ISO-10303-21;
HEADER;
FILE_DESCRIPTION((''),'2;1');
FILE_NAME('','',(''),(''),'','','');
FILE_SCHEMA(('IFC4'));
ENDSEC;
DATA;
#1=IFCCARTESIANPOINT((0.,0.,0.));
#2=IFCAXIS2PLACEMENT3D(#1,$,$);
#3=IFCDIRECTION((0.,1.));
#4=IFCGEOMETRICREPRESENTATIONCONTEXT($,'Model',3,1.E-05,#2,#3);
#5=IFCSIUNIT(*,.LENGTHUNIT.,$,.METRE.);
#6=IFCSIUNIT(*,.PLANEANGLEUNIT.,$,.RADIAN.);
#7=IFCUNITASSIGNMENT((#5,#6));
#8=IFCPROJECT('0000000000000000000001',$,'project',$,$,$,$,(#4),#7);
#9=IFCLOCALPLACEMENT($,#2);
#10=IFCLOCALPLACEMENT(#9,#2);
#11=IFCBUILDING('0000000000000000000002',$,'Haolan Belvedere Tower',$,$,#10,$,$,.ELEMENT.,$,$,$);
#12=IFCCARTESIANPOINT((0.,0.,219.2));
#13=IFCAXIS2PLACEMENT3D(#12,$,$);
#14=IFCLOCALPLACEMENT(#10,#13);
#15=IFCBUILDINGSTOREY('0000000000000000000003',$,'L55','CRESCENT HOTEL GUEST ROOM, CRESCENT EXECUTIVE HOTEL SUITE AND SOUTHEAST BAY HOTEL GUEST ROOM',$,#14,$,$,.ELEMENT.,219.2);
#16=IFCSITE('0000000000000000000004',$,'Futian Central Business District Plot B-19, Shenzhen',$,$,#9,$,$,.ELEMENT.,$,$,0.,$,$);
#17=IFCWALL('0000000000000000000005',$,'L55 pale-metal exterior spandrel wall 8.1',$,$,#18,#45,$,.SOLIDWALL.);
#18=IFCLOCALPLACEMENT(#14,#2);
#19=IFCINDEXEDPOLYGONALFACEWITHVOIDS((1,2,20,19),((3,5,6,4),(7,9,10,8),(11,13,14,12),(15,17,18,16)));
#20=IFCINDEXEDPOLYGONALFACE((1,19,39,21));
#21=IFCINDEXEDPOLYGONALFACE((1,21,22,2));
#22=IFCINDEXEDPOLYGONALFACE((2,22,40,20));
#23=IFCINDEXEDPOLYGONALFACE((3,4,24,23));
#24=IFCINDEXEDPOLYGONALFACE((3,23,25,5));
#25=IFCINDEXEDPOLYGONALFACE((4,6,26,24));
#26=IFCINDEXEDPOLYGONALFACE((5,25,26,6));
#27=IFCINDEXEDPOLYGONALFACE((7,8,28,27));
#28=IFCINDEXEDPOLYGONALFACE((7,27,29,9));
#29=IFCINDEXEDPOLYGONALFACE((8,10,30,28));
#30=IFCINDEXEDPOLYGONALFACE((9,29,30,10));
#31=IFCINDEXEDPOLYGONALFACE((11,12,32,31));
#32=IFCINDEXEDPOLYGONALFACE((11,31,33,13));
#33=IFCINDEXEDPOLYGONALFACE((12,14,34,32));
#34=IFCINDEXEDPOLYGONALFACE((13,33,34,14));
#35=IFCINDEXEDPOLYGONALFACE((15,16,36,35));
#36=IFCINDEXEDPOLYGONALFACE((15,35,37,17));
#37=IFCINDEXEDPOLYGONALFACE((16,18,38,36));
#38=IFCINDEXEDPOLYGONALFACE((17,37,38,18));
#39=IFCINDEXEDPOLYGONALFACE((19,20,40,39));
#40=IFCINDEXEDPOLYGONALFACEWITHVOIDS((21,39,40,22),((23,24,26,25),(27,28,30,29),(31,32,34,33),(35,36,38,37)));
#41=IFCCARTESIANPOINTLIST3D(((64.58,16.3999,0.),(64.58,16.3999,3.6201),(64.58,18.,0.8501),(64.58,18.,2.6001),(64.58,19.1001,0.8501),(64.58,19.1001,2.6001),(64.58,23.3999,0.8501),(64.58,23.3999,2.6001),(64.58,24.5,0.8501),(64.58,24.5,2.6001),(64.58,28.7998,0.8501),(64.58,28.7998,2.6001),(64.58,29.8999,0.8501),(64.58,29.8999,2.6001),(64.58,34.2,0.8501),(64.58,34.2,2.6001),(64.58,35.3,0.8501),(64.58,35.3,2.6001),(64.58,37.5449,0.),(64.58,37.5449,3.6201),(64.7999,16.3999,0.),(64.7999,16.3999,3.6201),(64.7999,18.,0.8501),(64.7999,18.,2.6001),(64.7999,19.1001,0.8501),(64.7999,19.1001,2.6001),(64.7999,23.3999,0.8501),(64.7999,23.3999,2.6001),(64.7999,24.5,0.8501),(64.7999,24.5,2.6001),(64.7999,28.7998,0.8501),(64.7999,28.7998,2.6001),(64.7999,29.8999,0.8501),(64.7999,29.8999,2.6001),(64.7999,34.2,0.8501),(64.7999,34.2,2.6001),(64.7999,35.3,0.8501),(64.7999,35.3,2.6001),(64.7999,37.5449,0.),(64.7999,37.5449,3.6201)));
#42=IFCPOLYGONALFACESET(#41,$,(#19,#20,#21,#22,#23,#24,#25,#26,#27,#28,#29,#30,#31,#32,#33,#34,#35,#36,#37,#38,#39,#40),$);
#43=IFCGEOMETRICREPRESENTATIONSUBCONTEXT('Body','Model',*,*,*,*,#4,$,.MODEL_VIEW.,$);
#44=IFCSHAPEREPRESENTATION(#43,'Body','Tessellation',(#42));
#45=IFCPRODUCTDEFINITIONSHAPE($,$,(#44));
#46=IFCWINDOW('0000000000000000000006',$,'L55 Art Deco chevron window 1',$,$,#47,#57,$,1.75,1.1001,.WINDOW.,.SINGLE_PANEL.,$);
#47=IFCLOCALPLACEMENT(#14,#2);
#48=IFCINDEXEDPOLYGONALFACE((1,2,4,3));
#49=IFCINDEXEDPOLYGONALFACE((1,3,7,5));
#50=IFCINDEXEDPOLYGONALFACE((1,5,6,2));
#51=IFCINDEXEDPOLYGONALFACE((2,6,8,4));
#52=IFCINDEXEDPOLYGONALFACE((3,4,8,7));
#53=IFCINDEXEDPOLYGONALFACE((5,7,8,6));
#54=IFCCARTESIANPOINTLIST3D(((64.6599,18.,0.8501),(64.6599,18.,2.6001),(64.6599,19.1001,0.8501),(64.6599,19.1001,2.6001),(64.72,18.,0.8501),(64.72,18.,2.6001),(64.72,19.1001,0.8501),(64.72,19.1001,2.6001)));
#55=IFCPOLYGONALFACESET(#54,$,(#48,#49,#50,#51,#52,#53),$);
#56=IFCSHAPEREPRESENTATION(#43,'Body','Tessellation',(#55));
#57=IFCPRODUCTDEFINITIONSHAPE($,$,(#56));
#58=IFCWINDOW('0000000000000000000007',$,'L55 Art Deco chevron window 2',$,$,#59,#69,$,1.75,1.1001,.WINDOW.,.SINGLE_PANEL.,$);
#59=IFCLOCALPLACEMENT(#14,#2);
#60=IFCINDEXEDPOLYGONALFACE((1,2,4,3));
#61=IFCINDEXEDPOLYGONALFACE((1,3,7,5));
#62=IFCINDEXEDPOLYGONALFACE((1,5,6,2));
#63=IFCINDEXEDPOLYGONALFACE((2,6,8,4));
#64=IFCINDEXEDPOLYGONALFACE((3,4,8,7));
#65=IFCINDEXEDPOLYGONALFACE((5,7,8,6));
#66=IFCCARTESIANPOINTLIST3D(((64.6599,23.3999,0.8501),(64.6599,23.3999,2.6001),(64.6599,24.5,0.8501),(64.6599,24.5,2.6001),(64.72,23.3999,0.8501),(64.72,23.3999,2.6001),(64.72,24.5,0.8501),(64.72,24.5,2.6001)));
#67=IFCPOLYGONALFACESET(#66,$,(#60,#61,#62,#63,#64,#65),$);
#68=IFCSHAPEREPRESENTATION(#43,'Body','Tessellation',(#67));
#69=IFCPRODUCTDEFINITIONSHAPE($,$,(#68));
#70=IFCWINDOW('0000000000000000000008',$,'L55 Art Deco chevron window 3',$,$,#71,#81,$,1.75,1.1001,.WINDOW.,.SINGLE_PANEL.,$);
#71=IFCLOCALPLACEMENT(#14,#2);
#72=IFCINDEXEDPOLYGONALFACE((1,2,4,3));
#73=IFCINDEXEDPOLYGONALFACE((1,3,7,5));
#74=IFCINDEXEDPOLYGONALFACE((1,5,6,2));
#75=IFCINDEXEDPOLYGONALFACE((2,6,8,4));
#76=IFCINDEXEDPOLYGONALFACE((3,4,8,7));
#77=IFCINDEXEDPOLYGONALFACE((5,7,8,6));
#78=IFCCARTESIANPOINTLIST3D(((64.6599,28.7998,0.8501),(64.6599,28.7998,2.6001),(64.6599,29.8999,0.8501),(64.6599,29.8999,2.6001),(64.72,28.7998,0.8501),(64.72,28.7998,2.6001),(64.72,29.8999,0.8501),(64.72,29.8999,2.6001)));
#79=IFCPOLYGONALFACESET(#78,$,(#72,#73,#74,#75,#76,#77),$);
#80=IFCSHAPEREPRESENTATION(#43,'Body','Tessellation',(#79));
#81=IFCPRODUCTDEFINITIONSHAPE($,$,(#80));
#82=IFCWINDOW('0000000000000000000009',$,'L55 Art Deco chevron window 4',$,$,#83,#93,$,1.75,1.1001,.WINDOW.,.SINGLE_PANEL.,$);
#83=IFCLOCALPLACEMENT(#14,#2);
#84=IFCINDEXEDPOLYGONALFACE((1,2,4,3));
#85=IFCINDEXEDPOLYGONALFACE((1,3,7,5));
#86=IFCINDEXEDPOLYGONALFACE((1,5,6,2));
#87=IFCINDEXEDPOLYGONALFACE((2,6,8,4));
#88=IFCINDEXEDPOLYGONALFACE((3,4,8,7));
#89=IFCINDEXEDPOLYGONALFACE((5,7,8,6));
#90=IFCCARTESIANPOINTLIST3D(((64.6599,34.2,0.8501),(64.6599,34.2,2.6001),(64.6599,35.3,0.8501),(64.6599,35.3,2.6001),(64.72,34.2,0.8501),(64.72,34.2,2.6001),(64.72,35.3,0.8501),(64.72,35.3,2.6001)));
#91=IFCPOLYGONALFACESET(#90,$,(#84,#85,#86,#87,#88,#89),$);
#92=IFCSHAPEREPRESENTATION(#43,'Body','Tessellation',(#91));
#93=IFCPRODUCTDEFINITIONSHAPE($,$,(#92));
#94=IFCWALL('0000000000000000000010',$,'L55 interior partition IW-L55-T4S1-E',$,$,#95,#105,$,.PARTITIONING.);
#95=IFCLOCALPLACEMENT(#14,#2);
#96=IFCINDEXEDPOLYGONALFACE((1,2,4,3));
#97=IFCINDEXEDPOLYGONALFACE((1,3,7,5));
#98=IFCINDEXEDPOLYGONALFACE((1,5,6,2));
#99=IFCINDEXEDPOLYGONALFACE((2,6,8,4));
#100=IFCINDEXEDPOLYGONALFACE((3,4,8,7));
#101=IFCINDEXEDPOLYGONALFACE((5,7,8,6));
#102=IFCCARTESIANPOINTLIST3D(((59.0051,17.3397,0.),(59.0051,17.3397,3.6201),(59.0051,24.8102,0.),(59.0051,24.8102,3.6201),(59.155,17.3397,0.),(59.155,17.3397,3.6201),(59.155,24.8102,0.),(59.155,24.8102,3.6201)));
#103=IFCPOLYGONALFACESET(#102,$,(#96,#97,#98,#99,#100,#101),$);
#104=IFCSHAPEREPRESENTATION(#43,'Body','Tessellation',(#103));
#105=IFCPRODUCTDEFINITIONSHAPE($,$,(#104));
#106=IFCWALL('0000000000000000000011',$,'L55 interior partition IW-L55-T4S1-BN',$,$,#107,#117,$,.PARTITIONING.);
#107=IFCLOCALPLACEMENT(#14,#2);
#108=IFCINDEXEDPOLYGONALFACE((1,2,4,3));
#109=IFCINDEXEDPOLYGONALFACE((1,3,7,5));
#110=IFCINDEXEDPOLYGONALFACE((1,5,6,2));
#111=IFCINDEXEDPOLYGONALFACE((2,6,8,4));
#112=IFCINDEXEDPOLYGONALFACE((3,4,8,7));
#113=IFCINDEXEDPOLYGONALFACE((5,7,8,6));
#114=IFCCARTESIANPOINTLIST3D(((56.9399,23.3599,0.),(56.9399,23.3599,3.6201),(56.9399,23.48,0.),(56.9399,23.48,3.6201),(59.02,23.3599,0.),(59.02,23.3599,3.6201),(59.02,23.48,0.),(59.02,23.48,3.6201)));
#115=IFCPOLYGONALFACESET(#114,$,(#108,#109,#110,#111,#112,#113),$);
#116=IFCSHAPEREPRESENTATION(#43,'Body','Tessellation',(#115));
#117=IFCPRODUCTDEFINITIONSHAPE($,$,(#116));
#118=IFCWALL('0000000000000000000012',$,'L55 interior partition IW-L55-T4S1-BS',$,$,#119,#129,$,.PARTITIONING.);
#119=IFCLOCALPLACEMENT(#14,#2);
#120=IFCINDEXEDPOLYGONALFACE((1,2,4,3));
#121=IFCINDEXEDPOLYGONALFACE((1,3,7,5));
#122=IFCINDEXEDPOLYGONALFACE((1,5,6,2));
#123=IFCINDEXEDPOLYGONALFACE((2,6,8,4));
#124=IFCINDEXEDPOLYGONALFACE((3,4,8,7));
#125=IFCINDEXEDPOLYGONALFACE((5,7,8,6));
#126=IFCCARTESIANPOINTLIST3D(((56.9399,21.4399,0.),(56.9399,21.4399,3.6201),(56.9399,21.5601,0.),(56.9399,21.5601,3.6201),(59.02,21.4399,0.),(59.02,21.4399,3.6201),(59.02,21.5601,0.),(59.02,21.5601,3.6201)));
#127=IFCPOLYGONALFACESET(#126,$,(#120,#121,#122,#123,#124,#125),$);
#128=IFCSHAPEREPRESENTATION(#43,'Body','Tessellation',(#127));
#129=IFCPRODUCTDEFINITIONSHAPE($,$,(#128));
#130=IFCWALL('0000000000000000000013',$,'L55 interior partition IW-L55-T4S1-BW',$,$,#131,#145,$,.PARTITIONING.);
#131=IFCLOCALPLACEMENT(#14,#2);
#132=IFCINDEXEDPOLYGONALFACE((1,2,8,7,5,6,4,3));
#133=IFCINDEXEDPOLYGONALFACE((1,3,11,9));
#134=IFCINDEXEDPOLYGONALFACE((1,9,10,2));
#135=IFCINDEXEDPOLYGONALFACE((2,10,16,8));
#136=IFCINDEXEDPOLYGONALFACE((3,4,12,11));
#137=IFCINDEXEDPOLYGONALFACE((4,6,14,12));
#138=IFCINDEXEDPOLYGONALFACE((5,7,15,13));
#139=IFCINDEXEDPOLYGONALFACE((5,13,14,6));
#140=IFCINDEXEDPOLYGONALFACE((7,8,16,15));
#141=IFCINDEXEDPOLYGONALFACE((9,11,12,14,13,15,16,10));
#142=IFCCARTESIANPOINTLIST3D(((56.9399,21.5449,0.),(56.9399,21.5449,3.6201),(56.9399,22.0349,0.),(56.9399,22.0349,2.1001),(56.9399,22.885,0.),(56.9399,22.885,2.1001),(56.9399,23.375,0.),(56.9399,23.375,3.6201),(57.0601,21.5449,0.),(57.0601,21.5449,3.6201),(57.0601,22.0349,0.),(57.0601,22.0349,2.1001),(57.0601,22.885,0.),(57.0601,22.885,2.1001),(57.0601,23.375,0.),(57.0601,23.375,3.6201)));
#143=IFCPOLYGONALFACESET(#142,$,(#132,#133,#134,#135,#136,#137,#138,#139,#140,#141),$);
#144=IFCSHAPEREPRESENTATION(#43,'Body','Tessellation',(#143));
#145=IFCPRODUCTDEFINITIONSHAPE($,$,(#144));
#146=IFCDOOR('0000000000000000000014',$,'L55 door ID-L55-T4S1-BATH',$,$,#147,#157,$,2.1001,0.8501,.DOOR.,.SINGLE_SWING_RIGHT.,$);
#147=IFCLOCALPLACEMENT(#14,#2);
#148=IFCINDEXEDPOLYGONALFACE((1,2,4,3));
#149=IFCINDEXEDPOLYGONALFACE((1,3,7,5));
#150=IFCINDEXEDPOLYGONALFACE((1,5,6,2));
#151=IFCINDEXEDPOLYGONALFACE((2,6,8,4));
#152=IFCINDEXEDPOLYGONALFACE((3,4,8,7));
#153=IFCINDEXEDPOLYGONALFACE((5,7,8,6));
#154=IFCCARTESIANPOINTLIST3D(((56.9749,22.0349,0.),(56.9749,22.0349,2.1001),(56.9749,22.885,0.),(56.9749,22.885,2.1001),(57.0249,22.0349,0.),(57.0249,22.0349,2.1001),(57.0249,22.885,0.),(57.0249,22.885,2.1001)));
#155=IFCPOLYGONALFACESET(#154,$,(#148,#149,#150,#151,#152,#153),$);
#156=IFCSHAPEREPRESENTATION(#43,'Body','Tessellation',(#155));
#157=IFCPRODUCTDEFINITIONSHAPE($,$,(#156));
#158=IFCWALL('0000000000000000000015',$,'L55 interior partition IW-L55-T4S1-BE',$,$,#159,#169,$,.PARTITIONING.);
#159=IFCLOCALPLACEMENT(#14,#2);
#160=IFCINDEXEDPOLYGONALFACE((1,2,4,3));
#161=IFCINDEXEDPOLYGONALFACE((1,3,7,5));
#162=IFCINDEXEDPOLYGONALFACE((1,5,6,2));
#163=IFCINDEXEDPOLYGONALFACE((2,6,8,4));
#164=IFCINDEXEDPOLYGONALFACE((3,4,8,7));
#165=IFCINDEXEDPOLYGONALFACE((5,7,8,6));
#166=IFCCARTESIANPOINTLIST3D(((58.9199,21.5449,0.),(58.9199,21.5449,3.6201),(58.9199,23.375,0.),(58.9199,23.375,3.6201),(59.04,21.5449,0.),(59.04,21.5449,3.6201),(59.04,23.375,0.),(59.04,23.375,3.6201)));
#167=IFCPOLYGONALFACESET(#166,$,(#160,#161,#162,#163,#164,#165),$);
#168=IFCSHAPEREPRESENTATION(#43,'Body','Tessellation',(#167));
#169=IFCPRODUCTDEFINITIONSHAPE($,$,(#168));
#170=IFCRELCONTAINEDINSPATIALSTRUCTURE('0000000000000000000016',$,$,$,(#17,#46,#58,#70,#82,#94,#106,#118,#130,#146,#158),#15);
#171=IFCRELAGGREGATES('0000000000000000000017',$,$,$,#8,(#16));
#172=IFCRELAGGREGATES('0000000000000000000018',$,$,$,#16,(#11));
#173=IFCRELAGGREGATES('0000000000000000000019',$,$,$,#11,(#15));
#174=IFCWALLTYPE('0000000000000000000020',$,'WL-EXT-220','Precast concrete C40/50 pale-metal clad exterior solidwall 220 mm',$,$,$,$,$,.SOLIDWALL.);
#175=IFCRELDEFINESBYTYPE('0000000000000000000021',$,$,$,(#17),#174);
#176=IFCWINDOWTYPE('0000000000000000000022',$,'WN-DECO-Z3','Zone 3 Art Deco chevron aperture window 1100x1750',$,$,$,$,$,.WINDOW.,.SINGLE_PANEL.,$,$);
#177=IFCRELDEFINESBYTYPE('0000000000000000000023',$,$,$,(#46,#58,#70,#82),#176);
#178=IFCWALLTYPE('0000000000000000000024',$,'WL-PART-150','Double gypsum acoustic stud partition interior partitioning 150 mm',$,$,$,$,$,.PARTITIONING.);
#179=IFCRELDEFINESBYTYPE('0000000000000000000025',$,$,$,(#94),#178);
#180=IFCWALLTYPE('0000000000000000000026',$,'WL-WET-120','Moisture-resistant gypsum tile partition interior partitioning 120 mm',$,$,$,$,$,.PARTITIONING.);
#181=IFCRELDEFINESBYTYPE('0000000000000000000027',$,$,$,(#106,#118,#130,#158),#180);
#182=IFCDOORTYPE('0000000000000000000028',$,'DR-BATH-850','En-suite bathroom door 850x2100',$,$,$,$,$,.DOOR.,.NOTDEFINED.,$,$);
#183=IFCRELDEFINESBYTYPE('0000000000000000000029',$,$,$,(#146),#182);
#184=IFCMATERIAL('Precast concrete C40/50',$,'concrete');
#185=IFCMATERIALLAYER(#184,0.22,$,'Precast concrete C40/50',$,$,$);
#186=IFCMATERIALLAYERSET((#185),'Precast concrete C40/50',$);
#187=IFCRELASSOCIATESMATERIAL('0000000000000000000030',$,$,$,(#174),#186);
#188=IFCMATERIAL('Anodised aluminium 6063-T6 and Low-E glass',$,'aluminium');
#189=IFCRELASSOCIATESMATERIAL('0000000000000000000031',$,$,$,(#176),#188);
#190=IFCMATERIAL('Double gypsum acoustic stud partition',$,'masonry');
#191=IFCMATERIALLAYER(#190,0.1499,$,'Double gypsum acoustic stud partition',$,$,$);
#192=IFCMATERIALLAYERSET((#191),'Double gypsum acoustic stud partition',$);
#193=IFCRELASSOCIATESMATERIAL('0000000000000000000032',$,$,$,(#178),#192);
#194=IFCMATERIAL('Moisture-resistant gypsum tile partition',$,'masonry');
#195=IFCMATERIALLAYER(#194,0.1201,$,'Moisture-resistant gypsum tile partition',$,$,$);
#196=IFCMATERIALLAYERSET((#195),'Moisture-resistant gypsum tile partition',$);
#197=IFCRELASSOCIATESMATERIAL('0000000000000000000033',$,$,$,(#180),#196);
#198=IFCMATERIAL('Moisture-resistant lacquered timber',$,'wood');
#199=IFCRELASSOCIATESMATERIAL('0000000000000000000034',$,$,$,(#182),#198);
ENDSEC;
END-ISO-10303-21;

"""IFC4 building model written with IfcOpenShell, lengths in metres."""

from ifc_helpers import new_model, si_unit, direction, frame, frame_2d, origin, place, context, subcontext, project, spatial, rectangle, extrude, material, layer, layer_set, type_object, element, fill, save


model = new_model("IFC4")

# Units and contexts
model_context = context("Model", 3, precision=1e-05, world=origin(), true_north=direction((0.0, 1.0)))
body_context = subcontext(model_context, "Body", "Model", "MODEL_VIEW")
ifc_project = project(units=[si_unit("LENGTHUNIT", "METRE"), si_unit("PLANEANGLEUNIT", "RADIAN")], contexts=[model_context])

# Site, building, storey
site_placement = place(None, origin())
site = spatial("IfcSite", under=ifc_project, at=site_placement, Name="Futian Central Business District Plot B-19, Shenzhen", CompositionType="ELEMENT", RefElevation=0.0)
building_placement = place(site_placement, origin())
building = spatial("IfcBuilding", under=site, at=building_placement, Name="Haolan Belvedere Tower", CompositionType="ELEMENT")
storey_placement = place(building_placement, frame((0.0, 0.0, 219.2)))
storey = spatial("IfcBuildingStorey", under=building, at=storey_placement, Name="L55", Description="CRESCENT HOTEL GUEST ROOM, CRESCENT EXECUTIVE HOTEL SUITE AND SOUTHEAST BAY HOTEL GUEST ROOM", CompositionType="ELEMENT", Elevation=219.2)

# Shared definitions
ifc_material_1 = material(Name="Precast concrete C40/50", Category="concrete")
ifc_layer_1 = layer(ifc_material_1, 0.22, Name="Precast concrete C40/50")
ifc_layer_set_1 = layer_set([ifc_layer_1], Name="Precast concrete C40/50")
wall_type_1 = type_object("IfcWallType", Name="WL-EXT-220", Description="Precast concrete C40/50 pale-metal clad exterior solidwall 220 mm", PredefinedType="SOLIDWALL", material=ifc_layer_set_1)
ifc_material_2 = material(Name="Anodised aluminium 6063-T6 and Low-E glass", Category="aluminium")
window_type = type_object("IfcWindowType", Name="WN-DECO-Z3", Description="Zone 3 Art Deco chevron aperture window 1100x1750", PartitioningType="SINGLE_PANEL", PredefinedType="WINDOW", material=ifc_material_2)

# Wall, openings, windows
wall_1_placement = place(storey_placement, frame((64.6899, 16.3999, 0.0), z_axis=(0.0, 0.0, 1.0), x_axis=(0.0, 1.0, 0.0)))
wall_1 = element("IfcWall", 1, at=wall_1_placement, inside=storey, type_object=wall_type_1, Name="L55 pale-metal exterior spandrel wall 8.1", PredefinedType="SOLIDWALL", context=body_context, shape_type="SweptSolid", body=[
    extrude(rectangle(XDim=21.145, YDim=0.22, at=frame_2d((10.5725, 0.0))), origin(), (0.0, 0.0, 1.0), 3.6201),
])
opening_1_placement = place(wall_1_placement, frame((1.6001, 0.0, 0.8501)))
opening_1 = element("IfcOpeningElement", 2, at=opening_1_placement, cuts=wall_1, PredefinedType="OPENING", context=body_context, shape_type="SweptSolid", body=[
    extrude(rectangle(XDim=1.1001, YDim=1.75, at=frame_2d((0.55, 0.875))), frame((0.0, 0.1199, 0.0), z_axis=(0.0, -1.0, 0.0), x_axis=(1.0, 0.0, 0.0)), (0.0, 0.0, 1.0), 0.24),
])
opening_2_placement = place(wall_1_placement, frame((7.0, 0.0, 0.8501)))
opening_2 = element("IfcOpeningElement", 3, at=opening_2_placement, cuts=wall_1, PredefinedType="OPENING", context=body_context, shape_type="SweptSolid", body=[
    extrude(rectangle(XDim=1.1001, YDim=1.75, at=frame_2d((0.55, 0.875))), frame((0.0, 0.1199, 0.0), z_axis=(0.0, -1.0, 0.0), x_axis=(1.0, 0.0, 0.0)), (0.0, 0.0, 1.0), 0.24),
])
opening_3_placement = place(wall_1_placement, frame((12.3999, 0.0, 0.8501)))
opening_3 = element("IfcOpeningElement", 4, at=opening_3_placement, cuts=wall_1, PredefinedType="OPENING", context=body_context, shape_type="SweptSolid", body=[
    extrude(rectangle(XDim=1.1001, YDim=1.75, at=frame_2d((0.55, 0.875))), frame((0.0, 0.1199, 0.0), z_axis=(0.0, -1.0, 0.0), x_axis=(1.0, 0.0, 0.0)), (0.0, 0.0, 1.0), 0.24),
])
opening_4_placement = place(wall_1_placement, frame((17.8, 0.0, 0.8501)))
opening_4 = element("IfcOpeningElement", 5, at=opening_4_placement, cuts=wall_1, PredefinedType="OPENING", context=body_context, shape_type="SweptSolid", body=[
    extrude(rectangle(XDim=1.1001, YDim=1.75, at=frame_2d((0.55, 0.875))), frame((0.0, 0.1199, 0.0), z_axis=(0.0, -1.0, 0.0), x_axis=(1.0, 0.0, 0.0)), (0.0, 0.0, 1.0), 0.24),
])
window_1_placement = place(opening_1_placement, origin())
window_1 = element("IfcWindow", 6, at=window_1_placement, inside=storey, type_object=window_type, Name="L55 Art Deco chevron window 1", OverallHeight=1.75, OverallWidth=1.1001, PartitioningType="SINGLE_PANEL", PredefinedType="WINDOW", context=body_context, shape_type="SweptSolid", body=[
    extrude(rectangle(XDim=1.1001, YDim=1.75, at=frame_2d((0.55, 0.875))), frame((0.0, 0.03, 0.0), z_axis=(0.0, -1.0, 0.0), x_axis=(1.0, 0.0, 0.0)), (0.0, 0.0, 1.0), 0.0601),
])
fill(opening_1, window_1)
window_2_placement = place(opening_2_placement, origin())
window_2 = element("IfcWindow", 7, at=window_2_placement, inside=storey, type_object=window_type, Name="L55 Art Deco chevron window 2", OverallHeight=1.75, OverallWidth=1.1001, PartitioningType="SINGLE_PANEL", PredefinedType="WINDOW", context=body_context, shape_type="SweptSolid", body=[
    extrude(rectangle(XDim=1.1001, YDim=1.75, at=frame_2d((0.55, 0.875))), frame((0.0, 0.03, 0.0), z_axis=(0.0, -1.0, 0.0), x_axis=(1.0, 0.0, 0.0)), (0.0, 0.0, 1.0), 0.0601),
])
fill(opening_2, window_2)
window_3_placement = place(opening_3_placement, origin())
window_3 = element("IfcWindow", 8, at=window_3_placement, inside=storey, type_object=window_type, Name="L55 Art Deco chevron window 3", OverallHeight=1.75, OverallWidth=1.1001, PartitioningType="SINGLE_PANEL", PredefinedType="WINDOW", context=body_context, shape_type="SweptSolid", body=[
    extrude(rectangle(XDim=1.1001, YDim=1.75, at=frame_2d((0.55, 0.875))), frame((0.0, 0.03, 0.0), z_axis=(0.0, -1.0, 0.0), x_axis=(1.0, 0.0, 0.0)), (0.0, 0.0, 1.0), 0.0601),
])
fill(opening_3, window_3)
window_4_placement = place(opening_4_placement, origin())
window_4 = element("IfcWindow", 9, at=window_4_placement, inside=storey, type_object=window_type, Name="L55 Art Deco chevron window 4", OverallHeight=1.75, OverallWidth=1.1001, PartitioningType="SINGLE_PANEL", PredefinedType="WINDOW", context=body_context, shape_type="SweptSolid", body=[
    extrude(rectangle(XDim=1.1001, YDim=1.75, at=frame_2d((0.55, 0.875))), frame((0.0, 0.03, 0.0), z_axis=(0.0, -1.0, 0.0), x_axis=(1.0, 0.0, 0.0)), (0.0, 0.0, 1.0), 0.0601),
])
fill(opening_4, window_4)

# Walls
ifc_material_3 = material(Name="Double gypsum acoustic stud partition", Category="masonry")
ifc_layer_2 = layer(ifc_material_3, 0.1499, Name="Double gypsum acoustic stud partition")
ifc_layer_set_2 = layer_set([ifc_layer_2], Name="Double gypsum acoustic stud partition")
wall_type_2 = type_object("IfcWallType", Name="WL-PART-150", Description="Double gypsum acoustic stud partition interior partitioning 150 mm", PredefinedType="PARTITIONING", material=ifc_layer_set_2)
wall_2_placement = place(storey_placement, frame((59.0801, 17.3396, 0.0), z_axis=(0.0, 0.0, 1.0), x_axis=(0.0, 1.0, 0.0)))
element("IfcWall", 10, at=wall_2_placement, inside=storey, type_object=wall_type_2, Name="L55 interior partition IW-L55-T4S1-E", PredefinedType="PARTITIONING", context=body_context, shape_type="SweptSolid", body=[
    extrude(rectangle(XDim=7.4705, YDim=0.1499, at=frame_2d((3.7354, 0.0))), origin(), (0.0, 0.0, 1.0), 3.6201),
])
ifc_material_4 = material(Name="Moisture-resistant gypsum tile partition", Category="masonry")
ifc_layer_3 = layer(ifc_material_4, 0.1201, Name="Moisture-resistant gypsum tile partition")
ifc_layer_set_3 = layer_set([ifc_layer_3], Name="Moisture-resistant gypsum tile partition")
wall_type_3 = type_object("IfcWallType", Name="WL-WET-120", Description="Moisture-resistant gypsum tile partition interior partitioning 120 mm", PredefinedType="PARTITIONING", material=ifc_layer_set_3)
for number, where, z_axis, x_axis, name in (
    (11, (56.9399, 23.4199, 0.0), (0.0, 0.0, 1.0), (1.0, 0.0, 0.0), "L55 interior partition IW-L55-T4S1-BN"),
    (12, (56.9399, 21.5, 0.0), (0.0, 0.0, 1.0), (1.0, 0.0, 0.0), "L55 interior partition IW-L55-T4S1-BS"),
):
    element("IfcWall", number, at=place(storey_placement, frame(where, z_axis=z_axis, x_axis=x_axis)), inside=storey, type_object=wall_type_3, Name=name, PredefinedType="PARTITIONING", context=body_context, shape_type="SweptSolid", body=[
        extrude(rectangle(XDim=2.0801, YDim=0.1201, at=frame_2d((1.04, 0.0))), origin(), (0.0, 0.0, 1.0), 3.6201),
    ])

# Wall, opening, door
wall_3_placement = place(storey_placement, frame((57.0, 21.5449, 0.0), z_axis=(0.0, 0.0, 1.0), x_axis=(0.0, 1.0, 0.0)))
wall_3 = element("IfcWall", 13, at=wall_3_placement, inside=storey, type_object=wall_type_3, Name="L55 interior partition IW-L55-T4S1-BW", PredefinedType="PARTITIONING", context=body_context, shape_type="SweptSolid", body=[
    extrude(rectangle(XDim=1.8301, YDim=0.1201, at=frame_2d((0.915, 0.0))), origin(), (0.0, 0.0, 1.0), 3.6201),
])
opening_5_placement = place(wall_3_placement, frame((1.3401, 0.0, 0.0), z_axis=(0.0, 0.0, 1.0), x_axis=(-1.0, 0.0, 0.0)))
opening_5 = element("IfcOpeningElement", 14, at=opening_5_placement, cuts=wall_3, PredefinedType="OPENING", context=body_context, shape_type="SweptSolid", body=[
    extrude(rectangle(XDim=0.8501, YDim=2.1001, at=frame_2d((0.425, 1.05))), frame((0.0, 0.0701, 0.0), z_axis=(0.0, -1.0, 0.0), x_axis=(1.0, 0.0, 0.0)), (0.0, 0.0, 1.0), 0.1401),
])
ifc_material_5 = material(Name="Moisture-resistant lacquered timber", Category="wood")
door_type = type_object("IfcDoorType", Name="DR-BATH-850", Description="En-suite bathroom door 850x2100", OperationType="NOTDEFINED", PredefinedType="DOOR", material=ifc_material_5)
door_1_placement = place(opening_5_placement, origin())
door_1 = element("IfcDoor", 15, at=door_1_placement, inside=storey, type_object=door_type, Name="L55 door ID-L55-T4S1-BATH", OperationType="SINGLE_SWING_RIGHT", OverallHeight=2.1001, OverallWidth=0.8501, PredefinedType="DOOR", context=body_context, shape_type="SweptSolid", body=[
    extrude(rectangle(XDim=0.8501, YDim=2.1001, at=frame_2d((0.425, 1.05))), frame((0.0, 0.0249, 0.0), z_axis=(0.0, -1.0, 0.0), x_axis=(1.0, 0.0, 0.0)), (0.0, 0.0, 1.0), 0.05),
])
fill(opening_5, door_1)

# Wall
wall_4_placement = place(storey_placement, frame((58.98, 21.5449, 0.0), z_axis=(0.0, 0.0, 1.0), x_axis=(0.0, 1.0, 0.0)))
element("IfcWall", 16, at=wall_4_placement, inside=storey, type_object=wall_type_3, Name="L55 interior partition IW-L55-T4S1-BE", PredefinedType="PARTITIONING", context=body_context, shape_type="SweptSolid", body=[
    extrude(rectangle(XDim=1.8301, YDim=0.1201, at=frame_2d((0.915, 0.0))), origin(), (0.0, 0.0, 1.0), 3.6201),
])

save(model, "model.ifc")
